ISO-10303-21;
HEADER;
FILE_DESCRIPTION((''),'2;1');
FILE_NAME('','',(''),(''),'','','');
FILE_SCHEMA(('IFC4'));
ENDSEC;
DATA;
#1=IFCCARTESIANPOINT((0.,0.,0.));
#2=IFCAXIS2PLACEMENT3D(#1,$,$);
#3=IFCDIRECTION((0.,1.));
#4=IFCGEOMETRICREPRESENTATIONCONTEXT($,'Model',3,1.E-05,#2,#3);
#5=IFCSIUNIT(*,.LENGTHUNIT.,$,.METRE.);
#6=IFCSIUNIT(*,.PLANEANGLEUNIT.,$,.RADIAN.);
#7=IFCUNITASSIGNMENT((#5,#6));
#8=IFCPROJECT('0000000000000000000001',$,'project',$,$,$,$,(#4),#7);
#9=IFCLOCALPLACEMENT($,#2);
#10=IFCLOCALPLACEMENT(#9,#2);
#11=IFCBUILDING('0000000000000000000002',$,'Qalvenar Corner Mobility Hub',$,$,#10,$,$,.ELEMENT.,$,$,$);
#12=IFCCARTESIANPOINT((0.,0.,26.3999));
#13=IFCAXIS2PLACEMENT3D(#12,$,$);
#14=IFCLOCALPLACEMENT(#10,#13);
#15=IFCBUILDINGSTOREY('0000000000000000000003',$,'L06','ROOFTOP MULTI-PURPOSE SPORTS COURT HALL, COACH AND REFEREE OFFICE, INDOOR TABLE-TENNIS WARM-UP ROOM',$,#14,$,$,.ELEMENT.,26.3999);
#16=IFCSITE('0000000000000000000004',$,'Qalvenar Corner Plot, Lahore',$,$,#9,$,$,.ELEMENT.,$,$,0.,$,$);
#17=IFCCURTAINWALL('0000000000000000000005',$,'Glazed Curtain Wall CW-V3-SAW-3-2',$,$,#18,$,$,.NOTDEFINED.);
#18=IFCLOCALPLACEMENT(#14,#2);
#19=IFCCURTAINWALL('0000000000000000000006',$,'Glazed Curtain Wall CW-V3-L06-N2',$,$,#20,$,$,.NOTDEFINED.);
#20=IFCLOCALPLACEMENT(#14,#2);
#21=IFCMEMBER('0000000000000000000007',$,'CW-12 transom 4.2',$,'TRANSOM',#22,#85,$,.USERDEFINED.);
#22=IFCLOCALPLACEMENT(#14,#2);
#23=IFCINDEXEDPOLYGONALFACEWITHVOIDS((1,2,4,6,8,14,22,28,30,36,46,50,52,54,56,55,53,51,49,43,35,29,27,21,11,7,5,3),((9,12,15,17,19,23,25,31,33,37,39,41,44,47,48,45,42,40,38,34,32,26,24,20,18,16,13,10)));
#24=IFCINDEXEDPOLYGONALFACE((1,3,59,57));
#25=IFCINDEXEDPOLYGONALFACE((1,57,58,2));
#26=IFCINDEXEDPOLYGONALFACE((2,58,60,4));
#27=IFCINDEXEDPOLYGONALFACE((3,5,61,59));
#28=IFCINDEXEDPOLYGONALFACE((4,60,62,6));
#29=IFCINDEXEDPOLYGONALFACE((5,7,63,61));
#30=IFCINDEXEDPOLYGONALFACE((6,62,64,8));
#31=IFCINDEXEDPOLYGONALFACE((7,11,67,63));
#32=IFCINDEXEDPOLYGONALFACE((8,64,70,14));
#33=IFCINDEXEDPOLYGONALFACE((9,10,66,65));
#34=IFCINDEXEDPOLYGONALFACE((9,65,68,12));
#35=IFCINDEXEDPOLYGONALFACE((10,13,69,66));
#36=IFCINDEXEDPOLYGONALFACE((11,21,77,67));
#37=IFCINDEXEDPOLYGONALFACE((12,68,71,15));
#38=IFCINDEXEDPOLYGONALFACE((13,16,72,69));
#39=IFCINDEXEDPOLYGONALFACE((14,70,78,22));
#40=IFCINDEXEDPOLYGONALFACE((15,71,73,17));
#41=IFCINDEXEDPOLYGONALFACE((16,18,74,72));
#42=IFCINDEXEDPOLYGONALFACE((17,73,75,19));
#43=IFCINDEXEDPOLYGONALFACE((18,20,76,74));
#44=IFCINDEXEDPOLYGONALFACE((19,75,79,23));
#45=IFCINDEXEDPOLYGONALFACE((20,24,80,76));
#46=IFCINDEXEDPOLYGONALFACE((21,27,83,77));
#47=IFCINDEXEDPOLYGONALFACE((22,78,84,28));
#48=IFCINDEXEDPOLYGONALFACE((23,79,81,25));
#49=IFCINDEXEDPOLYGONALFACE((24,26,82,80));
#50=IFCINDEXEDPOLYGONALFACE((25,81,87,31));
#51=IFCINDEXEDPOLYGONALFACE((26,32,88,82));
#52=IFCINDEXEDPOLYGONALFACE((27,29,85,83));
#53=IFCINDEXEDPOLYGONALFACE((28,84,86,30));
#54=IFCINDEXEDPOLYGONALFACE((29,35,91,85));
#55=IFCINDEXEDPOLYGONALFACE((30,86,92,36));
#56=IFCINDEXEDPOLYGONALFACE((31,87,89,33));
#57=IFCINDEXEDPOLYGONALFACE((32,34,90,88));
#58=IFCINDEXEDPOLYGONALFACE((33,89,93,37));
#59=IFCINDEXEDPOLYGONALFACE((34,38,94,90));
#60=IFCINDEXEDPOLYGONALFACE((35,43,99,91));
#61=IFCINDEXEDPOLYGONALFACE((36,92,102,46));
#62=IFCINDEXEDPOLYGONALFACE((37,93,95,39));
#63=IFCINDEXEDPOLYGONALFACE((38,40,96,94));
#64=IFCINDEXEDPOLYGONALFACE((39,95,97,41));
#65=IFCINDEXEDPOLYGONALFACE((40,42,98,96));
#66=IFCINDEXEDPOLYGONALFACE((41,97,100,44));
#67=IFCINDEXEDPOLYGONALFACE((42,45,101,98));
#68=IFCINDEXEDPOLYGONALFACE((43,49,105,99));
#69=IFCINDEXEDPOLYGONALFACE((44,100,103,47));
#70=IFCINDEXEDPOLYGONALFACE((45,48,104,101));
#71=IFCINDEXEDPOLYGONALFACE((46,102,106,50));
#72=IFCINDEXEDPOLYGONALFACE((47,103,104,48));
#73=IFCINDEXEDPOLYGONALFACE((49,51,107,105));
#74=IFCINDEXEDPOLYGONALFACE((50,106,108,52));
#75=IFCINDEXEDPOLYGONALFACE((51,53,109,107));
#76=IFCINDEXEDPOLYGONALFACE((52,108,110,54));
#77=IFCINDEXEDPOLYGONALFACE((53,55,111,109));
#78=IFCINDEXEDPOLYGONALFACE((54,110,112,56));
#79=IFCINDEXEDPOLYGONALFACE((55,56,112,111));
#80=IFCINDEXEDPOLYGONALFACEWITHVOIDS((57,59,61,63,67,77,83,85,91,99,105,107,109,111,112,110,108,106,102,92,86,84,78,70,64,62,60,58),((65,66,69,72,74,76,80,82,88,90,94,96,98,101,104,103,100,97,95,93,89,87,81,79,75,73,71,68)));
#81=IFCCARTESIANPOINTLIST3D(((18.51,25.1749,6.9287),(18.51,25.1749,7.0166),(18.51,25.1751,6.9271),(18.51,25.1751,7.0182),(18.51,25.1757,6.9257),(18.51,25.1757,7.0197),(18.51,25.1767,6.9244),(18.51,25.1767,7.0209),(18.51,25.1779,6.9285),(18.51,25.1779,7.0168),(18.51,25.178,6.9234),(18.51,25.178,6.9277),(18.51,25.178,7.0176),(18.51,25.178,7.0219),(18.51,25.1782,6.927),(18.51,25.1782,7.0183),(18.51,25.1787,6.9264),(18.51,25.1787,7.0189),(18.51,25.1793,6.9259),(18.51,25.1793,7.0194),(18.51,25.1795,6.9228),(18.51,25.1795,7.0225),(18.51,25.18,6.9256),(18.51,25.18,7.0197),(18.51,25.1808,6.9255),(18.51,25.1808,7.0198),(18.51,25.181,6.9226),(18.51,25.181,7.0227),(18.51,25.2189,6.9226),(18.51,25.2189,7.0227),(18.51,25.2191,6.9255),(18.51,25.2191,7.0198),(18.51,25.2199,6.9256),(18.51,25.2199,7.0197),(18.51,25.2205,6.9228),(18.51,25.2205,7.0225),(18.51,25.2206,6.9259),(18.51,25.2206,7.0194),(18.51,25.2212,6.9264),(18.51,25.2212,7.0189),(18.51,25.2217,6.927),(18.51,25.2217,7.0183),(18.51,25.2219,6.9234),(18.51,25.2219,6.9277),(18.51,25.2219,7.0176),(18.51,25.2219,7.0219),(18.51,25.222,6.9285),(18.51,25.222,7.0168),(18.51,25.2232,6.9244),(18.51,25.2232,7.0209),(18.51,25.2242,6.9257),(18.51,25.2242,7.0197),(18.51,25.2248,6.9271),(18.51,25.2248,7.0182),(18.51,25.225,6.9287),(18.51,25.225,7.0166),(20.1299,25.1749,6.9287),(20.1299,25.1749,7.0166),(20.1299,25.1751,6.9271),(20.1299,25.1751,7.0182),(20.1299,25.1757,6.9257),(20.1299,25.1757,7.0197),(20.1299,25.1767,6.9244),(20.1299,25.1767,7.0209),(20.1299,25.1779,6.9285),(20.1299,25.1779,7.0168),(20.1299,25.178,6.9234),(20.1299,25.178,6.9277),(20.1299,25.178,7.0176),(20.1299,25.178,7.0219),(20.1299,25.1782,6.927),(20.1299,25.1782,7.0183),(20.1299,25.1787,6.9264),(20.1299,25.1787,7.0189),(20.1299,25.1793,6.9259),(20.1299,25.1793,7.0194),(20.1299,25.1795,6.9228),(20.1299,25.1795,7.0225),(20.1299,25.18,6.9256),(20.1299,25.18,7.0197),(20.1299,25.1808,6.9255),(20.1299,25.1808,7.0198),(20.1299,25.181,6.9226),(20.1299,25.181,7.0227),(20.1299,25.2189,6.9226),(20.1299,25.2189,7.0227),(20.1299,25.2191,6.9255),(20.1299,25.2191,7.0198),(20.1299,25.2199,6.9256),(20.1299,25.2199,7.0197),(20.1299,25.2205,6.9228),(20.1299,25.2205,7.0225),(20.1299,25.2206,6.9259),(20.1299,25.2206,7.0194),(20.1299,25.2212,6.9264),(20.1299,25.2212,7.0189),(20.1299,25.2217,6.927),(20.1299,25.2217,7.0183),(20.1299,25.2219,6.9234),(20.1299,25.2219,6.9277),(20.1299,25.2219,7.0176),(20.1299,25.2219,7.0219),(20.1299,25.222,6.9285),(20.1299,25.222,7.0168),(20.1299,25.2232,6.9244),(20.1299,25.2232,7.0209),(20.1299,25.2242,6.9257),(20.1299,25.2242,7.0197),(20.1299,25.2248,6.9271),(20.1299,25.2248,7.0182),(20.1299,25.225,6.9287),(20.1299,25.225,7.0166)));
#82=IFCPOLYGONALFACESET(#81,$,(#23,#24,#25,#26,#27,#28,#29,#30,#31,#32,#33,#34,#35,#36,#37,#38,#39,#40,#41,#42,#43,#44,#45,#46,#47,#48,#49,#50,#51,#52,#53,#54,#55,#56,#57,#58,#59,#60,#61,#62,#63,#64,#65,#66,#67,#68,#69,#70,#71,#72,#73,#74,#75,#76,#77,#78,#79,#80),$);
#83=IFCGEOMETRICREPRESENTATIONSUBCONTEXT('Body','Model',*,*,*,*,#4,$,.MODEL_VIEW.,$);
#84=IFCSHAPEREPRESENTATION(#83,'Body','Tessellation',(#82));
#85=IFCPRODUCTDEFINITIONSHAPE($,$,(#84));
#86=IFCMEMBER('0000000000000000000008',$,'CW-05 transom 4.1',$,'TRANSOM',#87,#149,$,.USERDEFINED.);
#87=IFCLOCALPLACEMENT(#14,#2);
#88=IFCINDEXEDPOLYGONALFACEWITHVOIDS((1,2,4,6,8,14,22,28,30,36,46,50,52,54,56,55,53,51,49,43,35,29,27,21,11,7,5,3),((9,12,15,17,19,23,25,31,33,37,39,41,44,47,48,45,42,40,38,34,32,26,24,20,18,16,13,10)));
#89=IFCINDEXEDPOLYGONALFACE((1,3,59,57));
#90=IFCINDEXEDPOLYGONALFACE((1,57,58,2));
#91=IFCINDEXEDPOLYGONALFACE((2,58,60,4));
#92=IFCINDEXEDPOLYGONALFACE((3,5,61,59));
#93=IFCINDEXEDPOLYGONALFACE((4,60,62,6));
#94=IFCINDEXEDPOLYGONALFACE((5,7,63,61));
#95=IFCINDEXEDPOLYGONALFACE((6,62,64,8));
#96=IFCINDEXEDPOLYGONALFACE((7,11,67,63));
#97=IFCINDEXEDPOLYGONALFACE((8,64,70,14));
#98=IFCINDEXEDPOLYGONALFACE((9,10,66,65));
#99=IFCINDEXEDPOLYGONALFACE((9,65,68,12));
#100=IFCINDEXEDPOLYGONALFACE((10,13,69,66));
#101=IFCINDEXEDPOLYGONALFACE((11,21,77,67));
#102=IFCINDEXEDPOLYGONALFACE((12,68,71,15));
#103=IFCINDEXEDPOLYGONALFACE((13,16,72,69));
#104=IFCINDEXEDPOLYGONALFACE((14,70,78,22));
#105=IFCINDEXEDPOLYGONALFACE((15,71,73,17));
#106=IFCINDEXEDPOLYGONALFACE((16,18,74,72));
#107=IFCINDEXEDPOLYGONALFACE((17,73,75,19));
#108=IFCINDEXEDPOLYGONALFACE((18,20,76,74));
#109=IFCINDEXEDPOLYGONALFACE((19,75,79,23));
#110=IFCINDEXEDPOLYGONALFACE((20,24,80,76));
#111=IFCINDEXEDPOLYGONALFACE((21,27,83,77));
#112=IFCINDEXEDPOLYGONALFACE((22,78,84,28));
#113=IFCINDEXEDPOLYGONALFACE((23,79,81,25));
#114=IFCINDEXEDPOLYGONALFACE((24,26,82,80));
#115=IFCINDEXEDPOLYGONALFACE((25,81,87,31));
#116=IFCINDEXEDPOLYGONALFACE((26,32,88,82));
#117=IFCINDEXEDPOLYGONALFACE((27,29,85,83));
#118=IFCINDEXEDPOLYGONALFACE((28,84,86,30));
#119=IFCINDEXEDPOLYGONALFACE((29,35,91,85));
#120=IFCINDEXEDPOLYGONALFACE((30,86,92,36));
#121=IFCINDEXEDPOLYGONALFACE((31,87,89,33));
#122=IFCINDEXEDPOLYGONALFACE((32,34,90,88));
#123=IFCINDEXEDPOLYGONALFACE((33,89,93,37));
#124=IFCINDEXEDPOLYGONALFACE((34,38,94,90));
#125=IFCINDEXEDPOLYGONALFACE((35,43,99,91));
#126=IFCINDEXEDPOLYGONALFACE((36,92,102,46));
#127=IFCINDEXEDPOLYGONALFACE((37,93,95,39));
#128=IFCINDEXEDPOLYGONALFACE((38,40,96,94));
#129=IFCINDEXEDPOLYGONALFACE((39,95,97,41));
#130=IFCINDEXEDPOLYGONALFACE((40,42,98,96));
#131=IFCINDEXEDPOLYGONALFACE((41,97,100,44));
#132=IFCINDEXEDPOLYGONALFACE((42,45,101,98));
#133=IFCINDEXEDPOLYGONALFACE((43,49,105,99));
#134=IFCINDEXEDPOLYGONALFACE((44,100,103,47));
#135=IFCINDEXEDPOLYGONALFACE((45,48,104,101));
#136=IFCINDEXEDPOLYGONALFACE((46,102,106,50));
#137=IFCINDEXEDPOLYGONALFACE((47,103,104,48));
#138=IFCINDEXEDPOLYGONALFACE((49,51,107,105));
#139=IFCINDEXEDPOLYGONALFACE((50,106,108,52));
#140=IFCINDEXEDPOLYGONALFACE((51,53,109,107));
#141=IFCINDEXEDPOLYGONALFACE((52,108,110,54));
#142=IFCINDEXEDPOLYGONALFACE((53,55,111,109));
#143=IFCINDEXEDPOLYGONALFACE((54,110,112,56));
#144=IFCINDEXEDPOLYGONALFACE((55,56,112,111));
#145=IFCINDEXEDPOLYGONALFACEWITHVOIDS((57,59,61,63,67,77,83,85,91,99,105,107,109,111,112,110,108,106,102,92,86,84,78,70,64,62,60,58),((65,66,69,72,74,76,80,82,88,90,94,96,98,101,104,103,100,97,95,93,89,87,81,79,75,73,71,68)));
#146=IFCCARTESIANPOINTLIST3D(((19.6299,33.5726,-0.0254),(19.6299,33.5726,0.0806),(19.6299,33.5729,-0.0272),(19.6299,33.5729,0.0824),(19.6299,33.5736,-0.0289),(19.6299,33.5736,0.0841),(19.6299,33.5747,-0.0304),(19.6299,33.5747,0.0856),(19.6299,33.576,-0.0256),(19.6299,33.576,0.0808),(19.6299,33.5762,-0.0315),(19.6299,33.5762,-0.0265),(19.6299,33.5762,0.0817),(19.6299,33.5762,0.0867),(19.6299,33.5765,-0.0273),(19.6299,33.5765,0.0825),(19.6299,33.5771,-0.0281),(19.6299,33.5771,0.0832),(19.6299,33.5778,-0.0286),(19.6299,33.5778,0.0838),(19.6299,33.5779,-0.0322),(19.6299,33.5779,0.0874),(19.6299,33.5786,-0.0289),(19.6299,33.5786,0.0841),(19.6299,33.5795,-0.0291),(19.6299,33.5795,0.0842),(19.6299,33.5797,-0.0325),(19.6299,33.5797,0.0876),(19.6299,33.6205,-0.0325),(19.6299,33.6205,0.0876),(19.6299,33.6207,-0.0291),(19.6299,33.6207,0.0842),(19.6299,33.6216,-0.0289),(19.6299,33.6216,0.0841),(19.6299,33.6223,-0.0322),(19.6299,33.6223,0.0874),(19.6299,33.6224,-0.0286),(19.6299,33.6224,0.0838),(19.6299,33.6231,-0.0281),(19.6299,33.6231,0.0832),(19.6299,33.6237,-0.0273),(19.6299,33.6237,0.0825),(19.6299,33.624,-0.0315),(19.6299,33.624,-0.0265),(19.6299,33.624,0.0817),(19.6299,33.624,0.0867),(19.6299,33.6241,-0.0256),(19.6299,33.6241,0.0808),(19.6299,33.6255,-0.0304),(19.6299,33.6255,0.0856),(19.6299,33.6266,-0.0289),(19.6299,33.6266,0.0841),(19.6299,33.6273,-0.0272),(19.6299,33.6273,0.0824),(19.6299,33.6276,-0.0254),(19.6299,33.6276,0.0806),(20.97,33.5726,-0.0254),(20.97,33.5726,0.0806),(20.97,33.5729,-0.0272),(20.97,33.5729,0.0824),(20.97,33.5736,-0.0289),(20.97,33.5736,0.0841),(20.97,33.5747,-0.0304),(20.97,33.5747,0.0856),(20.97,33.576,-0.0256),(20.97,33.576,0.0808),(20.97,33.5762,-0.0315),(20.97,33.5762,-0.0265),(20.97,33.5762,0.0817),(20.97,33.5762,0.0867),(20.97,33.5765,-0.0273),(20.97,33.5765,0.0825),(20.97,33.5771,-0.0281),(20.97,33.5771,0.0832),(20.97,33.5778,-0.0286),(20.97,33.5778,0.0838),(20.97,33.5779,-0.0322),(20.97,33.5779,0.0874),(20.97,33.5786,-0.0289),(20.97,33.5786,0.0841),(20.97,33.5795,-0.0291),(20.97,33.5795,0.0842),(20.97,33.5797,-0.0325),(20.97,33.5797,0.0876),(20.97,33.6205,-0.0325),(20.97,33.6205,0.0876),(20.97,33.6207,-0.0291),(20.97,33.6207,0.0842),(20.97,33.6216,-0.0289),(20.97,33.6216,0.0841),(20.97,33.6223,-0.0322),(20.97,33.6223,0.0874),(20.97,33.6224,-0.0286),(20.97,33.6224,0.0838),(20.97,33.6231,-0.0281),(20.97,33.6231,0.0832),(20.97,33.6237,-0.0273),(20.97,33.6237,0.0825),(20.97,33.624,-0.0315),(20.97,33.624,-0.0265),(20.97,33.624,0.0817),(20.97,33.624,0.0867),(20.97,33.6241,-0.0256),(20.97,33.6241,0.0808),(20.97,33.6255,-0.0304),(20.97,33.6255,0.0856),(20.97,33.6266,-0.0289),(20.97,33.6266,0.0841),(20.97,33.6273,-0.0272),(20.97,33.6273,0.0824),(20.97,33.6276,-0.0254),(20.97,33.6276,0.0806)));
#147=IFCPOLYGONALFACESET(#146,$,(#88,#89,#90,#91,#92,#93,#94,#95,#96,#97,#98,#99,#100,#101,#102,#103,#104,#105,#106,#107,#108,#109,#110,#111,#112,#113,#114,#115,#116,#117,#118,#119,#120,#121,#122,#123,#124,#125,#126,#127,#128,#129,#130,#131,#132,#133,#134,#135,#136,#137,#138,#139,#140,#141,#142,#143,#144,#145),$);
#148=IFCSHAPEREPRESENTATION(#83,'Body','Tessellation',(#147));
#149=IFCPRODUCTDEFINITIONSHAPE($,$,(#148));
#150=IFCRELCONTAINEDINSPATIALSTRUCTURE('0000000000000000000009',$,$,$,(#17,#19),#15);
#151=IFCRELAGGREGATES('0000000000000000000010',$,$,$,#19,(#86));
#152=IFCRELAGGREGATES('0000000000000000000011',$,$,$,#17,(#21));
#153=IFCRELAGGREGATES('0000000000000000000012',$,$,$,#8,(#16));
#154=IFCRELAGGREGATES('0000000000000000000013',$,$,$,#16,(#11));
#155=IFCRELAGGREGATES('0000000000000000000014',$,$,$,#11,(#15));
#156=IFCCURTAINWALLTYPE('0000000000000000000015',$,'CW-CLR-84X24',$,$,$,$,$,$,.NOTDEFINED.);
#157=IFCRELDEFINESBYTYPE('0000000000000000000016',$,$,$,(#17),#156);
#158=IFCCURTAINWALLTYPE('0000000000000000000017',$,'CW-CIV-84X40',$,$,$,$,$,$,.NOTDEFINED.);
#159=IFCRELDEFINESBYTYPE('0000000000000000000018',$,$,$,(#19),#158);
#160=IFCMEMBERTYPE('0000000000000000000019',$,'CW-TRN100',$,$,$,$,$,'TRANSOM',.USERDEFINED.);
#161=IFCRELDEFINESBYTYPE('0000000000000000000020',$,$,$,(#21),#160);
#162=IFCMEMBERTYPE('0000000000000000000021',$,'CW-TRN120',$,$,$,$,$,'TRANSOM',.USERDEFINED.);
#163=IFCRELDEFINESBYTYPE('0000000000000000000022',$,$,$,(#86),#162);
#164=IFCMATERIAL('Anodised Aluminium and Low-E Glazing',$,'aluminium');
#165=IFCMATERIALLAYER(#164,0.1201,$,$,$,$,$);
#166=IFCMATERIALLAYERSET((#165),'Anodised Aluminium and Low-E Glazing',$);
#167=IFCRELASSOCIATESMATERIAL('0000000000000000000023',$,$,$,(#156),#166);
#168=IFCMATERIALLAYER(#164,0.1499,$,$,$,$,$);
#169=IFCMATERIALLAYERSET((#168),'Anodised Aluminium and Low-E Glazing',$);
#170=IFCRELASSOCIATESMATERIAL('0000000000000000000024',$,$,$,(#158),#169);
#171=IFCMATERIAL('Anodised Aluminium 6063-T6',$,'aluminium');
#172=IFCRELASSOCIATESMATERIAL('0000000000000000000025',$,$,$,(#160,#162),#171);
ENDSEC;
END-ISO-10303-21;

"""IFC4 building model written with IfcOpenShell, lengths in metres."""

from ifc_helpers import new_model, si_unit, direction, frame, origin, origin_2d, place, context, subcontext, project, spatial, hollow_rectangle, extrude, material, layer, layer_set, material_profile, profile_set, type_object, element, aggregate, save


model = new_model("IFC4")

# Units and contexts
model_context = context("Model", 3, precision=1e-05, world=origin(), true_north=direction((0.0, 1.0)))
body_context = subcontext(model_context, "Body", "Model", "MODEL_VIEW")
ifc_project = project(units=[si_unit("LENGTHUNIT", "METRE"), si_unit("PLANEANGLEUNIT", "RADIAN")], contexts=[model_context])

# Site, building, storey
site_placement = place(None, origin())
site = spatial("IfcSite", under=ifc_project, at=site_placement, Name="Qalvenar Corner Plot, Lahore", CompositionType="ELEMENT", RefElevation=0.0)
building_placement = place(site_placement, origin())
building = spatial("IfcBuilding", under=site, at=building_placement, Name="Qalvenar Corner Mobility Hub", CompositionType="ELEMENT")
storey_placement = place(building_placement, frame((0.0, 0.0, 26.3999)))
storey = spatial("IfcBuildingStorey", under=building, at=storey_placement, Name="L06", Description="ROOFTOP MULTI-PURPOSE SPORTS COURT HALL, COACH AND REFEREE OFFICE, INDOOR TABLE-TENNIS WARM-UP ROOM", CompositionType="ELEMENT", Elevation=26.3999)

# Curtain walls
ifc_material_1 = material(Name="Anodised Aluminium and Low-E Glazing", Category="aluminium")
ifc_layer_1 = layer(ifc_material_1, 0.1201)
ifc_layer_set_1 = layer_set([ifc_layer_1], Name="Anodised Aluminium and Low-E Glazing")
curtain_wall_type_1 = type_object("IfcCurtainWallType", Name="CW-CLR-84X24", PredefinedType="NOTDEFINED", material=ifc_layer_set_1)
curtain_wall_1_placement = place(storey_placement, origin())
curtain_wall_1 = element("IfcCurtainWall", 1, at=curtain_wall_1_placement, inside=storey, type_object=curtain_wall_type_1, Name="Glazed Curtain Wall CW-V3-SAW-3-2", PredefinedType="NOTDEFINED")
ifc_material_2 = material(Name="Anodised Aluminium 6063-T6", Category="aluminium")
ifc_layer_2 = layer(ifc_material_1, 0.1499)
ifc_layer_set_2 = layer_set([ifc_layer_2], Name="Anodised Aluminium and Low-E Glazing")
curtain_wall_type_2 = type_object("IfcCurtainWallType", Name="CW-CIV-84X40", PredefinedType="NOTDEFINED", material=ifc_layer_set_2)
curtain_wall_2_placement = place(storey_placement, origin())
curtain_wall_2 = element("IfcCurtainWall", 2, at=curtain_wall_2_placement, inside=storey, type_object=curtain_wall_type_2, Name="Glazed Curtain Wall CW-V3-L06-N2", PredefinedType="NOTDEFINED")

# Members
ifc_material_profile_1 = material_profile(ifc_material_2, hollow_rectangle(XDim=0.05, YDim=0.1001, WallThickness=0.0029, InnerFilletRadius=0.0029, OuterFilletRadius=0.0061, at=origin_2d()), Name="RHS100x50x3")
ifc_profile_set_1 = profile_set([ifc_material_profile_1], Name="Anodised Aluminium 6063-T6")
member_type_1 = type_object("IfcMemberType", Name="CW-TRN100", ElementType="TRANSOM", PredefinedType="USERDEFINED", material=ifc_profile_set_1)
member_1_placement = place(storey_placement, frame((20.1299, 25.2, 6.9727), z_axis=(-1.0, 0.0, 0.0), x_axis=(0.0, -1.0, 0.0)))
member_1 = element("IfcMember", 3, at=member_1_placement, type_object=member_type_1, Name="CW-12 transom 4.2", ObjectType="TRANSOM", PredefinedType="USERDEFINED", context=body_context, shape_type="SweptSolid", body=[
    extrude(hollow_rectangle(XDim=0.05, YDim=0.1001, WallThickness=0.0029, InnerFilletRadius=0.0029, OuterFilletRadius=0.0061, at=origin_2d()), origin(), (0.0, 0.0, 1.0), 1.6199),
])
ifc_material_profile_2 = material_profile(ifc_material_2, hollow_rectangle(XDim=0.0549, YDim=0.1201, WallThickness=0.0034, InnerFilletRadius=0.0034, OuterFilletRadius=0.0071, at=origin_2d()), Name="RHS120x55x3.5")
ifc_profile_set_2 = profile_set([ifc_material_profile_2], Name="Anodised Aluminium 6063-T6")
member_type_2 = type_object("IfcMemberType", Name="CW-TRN120", ElementType="TRANSOM", PredefinedType="USERDEFINED", material=ifc_profile_set_2)
member_2_placement = place(storey_placement, frame((20.97, 33.6001, 0.0276), z_axis=(-1.0, 0.0, 0.0), x_axis=(0.0, -1.0, 0.0)))
member_2 = element("IfcMember", 4, at=member_2_placement, type_object=member_type_2, Name="CW-05 transom 4.1", ObjectType="TRANSOM", PredefinedType="USERDEFINED", context=body_context, shape_type="SweptSolid", body=[
    extrude(hollow_rectangle(XDim=0.0549, YDim=0.1201, WallThickness=0.0034, InnerFilletRadius=0.0034, OuterFilletRadius=0.0071, at=origin_2d()), origin(), (0.0, 0.0, 1.0), 1.3401),
])

aggregate(curtain_wall_2, [member_2])
aggregate(curtain_wall_1, [member_1])

save(model, "model.ifc")
